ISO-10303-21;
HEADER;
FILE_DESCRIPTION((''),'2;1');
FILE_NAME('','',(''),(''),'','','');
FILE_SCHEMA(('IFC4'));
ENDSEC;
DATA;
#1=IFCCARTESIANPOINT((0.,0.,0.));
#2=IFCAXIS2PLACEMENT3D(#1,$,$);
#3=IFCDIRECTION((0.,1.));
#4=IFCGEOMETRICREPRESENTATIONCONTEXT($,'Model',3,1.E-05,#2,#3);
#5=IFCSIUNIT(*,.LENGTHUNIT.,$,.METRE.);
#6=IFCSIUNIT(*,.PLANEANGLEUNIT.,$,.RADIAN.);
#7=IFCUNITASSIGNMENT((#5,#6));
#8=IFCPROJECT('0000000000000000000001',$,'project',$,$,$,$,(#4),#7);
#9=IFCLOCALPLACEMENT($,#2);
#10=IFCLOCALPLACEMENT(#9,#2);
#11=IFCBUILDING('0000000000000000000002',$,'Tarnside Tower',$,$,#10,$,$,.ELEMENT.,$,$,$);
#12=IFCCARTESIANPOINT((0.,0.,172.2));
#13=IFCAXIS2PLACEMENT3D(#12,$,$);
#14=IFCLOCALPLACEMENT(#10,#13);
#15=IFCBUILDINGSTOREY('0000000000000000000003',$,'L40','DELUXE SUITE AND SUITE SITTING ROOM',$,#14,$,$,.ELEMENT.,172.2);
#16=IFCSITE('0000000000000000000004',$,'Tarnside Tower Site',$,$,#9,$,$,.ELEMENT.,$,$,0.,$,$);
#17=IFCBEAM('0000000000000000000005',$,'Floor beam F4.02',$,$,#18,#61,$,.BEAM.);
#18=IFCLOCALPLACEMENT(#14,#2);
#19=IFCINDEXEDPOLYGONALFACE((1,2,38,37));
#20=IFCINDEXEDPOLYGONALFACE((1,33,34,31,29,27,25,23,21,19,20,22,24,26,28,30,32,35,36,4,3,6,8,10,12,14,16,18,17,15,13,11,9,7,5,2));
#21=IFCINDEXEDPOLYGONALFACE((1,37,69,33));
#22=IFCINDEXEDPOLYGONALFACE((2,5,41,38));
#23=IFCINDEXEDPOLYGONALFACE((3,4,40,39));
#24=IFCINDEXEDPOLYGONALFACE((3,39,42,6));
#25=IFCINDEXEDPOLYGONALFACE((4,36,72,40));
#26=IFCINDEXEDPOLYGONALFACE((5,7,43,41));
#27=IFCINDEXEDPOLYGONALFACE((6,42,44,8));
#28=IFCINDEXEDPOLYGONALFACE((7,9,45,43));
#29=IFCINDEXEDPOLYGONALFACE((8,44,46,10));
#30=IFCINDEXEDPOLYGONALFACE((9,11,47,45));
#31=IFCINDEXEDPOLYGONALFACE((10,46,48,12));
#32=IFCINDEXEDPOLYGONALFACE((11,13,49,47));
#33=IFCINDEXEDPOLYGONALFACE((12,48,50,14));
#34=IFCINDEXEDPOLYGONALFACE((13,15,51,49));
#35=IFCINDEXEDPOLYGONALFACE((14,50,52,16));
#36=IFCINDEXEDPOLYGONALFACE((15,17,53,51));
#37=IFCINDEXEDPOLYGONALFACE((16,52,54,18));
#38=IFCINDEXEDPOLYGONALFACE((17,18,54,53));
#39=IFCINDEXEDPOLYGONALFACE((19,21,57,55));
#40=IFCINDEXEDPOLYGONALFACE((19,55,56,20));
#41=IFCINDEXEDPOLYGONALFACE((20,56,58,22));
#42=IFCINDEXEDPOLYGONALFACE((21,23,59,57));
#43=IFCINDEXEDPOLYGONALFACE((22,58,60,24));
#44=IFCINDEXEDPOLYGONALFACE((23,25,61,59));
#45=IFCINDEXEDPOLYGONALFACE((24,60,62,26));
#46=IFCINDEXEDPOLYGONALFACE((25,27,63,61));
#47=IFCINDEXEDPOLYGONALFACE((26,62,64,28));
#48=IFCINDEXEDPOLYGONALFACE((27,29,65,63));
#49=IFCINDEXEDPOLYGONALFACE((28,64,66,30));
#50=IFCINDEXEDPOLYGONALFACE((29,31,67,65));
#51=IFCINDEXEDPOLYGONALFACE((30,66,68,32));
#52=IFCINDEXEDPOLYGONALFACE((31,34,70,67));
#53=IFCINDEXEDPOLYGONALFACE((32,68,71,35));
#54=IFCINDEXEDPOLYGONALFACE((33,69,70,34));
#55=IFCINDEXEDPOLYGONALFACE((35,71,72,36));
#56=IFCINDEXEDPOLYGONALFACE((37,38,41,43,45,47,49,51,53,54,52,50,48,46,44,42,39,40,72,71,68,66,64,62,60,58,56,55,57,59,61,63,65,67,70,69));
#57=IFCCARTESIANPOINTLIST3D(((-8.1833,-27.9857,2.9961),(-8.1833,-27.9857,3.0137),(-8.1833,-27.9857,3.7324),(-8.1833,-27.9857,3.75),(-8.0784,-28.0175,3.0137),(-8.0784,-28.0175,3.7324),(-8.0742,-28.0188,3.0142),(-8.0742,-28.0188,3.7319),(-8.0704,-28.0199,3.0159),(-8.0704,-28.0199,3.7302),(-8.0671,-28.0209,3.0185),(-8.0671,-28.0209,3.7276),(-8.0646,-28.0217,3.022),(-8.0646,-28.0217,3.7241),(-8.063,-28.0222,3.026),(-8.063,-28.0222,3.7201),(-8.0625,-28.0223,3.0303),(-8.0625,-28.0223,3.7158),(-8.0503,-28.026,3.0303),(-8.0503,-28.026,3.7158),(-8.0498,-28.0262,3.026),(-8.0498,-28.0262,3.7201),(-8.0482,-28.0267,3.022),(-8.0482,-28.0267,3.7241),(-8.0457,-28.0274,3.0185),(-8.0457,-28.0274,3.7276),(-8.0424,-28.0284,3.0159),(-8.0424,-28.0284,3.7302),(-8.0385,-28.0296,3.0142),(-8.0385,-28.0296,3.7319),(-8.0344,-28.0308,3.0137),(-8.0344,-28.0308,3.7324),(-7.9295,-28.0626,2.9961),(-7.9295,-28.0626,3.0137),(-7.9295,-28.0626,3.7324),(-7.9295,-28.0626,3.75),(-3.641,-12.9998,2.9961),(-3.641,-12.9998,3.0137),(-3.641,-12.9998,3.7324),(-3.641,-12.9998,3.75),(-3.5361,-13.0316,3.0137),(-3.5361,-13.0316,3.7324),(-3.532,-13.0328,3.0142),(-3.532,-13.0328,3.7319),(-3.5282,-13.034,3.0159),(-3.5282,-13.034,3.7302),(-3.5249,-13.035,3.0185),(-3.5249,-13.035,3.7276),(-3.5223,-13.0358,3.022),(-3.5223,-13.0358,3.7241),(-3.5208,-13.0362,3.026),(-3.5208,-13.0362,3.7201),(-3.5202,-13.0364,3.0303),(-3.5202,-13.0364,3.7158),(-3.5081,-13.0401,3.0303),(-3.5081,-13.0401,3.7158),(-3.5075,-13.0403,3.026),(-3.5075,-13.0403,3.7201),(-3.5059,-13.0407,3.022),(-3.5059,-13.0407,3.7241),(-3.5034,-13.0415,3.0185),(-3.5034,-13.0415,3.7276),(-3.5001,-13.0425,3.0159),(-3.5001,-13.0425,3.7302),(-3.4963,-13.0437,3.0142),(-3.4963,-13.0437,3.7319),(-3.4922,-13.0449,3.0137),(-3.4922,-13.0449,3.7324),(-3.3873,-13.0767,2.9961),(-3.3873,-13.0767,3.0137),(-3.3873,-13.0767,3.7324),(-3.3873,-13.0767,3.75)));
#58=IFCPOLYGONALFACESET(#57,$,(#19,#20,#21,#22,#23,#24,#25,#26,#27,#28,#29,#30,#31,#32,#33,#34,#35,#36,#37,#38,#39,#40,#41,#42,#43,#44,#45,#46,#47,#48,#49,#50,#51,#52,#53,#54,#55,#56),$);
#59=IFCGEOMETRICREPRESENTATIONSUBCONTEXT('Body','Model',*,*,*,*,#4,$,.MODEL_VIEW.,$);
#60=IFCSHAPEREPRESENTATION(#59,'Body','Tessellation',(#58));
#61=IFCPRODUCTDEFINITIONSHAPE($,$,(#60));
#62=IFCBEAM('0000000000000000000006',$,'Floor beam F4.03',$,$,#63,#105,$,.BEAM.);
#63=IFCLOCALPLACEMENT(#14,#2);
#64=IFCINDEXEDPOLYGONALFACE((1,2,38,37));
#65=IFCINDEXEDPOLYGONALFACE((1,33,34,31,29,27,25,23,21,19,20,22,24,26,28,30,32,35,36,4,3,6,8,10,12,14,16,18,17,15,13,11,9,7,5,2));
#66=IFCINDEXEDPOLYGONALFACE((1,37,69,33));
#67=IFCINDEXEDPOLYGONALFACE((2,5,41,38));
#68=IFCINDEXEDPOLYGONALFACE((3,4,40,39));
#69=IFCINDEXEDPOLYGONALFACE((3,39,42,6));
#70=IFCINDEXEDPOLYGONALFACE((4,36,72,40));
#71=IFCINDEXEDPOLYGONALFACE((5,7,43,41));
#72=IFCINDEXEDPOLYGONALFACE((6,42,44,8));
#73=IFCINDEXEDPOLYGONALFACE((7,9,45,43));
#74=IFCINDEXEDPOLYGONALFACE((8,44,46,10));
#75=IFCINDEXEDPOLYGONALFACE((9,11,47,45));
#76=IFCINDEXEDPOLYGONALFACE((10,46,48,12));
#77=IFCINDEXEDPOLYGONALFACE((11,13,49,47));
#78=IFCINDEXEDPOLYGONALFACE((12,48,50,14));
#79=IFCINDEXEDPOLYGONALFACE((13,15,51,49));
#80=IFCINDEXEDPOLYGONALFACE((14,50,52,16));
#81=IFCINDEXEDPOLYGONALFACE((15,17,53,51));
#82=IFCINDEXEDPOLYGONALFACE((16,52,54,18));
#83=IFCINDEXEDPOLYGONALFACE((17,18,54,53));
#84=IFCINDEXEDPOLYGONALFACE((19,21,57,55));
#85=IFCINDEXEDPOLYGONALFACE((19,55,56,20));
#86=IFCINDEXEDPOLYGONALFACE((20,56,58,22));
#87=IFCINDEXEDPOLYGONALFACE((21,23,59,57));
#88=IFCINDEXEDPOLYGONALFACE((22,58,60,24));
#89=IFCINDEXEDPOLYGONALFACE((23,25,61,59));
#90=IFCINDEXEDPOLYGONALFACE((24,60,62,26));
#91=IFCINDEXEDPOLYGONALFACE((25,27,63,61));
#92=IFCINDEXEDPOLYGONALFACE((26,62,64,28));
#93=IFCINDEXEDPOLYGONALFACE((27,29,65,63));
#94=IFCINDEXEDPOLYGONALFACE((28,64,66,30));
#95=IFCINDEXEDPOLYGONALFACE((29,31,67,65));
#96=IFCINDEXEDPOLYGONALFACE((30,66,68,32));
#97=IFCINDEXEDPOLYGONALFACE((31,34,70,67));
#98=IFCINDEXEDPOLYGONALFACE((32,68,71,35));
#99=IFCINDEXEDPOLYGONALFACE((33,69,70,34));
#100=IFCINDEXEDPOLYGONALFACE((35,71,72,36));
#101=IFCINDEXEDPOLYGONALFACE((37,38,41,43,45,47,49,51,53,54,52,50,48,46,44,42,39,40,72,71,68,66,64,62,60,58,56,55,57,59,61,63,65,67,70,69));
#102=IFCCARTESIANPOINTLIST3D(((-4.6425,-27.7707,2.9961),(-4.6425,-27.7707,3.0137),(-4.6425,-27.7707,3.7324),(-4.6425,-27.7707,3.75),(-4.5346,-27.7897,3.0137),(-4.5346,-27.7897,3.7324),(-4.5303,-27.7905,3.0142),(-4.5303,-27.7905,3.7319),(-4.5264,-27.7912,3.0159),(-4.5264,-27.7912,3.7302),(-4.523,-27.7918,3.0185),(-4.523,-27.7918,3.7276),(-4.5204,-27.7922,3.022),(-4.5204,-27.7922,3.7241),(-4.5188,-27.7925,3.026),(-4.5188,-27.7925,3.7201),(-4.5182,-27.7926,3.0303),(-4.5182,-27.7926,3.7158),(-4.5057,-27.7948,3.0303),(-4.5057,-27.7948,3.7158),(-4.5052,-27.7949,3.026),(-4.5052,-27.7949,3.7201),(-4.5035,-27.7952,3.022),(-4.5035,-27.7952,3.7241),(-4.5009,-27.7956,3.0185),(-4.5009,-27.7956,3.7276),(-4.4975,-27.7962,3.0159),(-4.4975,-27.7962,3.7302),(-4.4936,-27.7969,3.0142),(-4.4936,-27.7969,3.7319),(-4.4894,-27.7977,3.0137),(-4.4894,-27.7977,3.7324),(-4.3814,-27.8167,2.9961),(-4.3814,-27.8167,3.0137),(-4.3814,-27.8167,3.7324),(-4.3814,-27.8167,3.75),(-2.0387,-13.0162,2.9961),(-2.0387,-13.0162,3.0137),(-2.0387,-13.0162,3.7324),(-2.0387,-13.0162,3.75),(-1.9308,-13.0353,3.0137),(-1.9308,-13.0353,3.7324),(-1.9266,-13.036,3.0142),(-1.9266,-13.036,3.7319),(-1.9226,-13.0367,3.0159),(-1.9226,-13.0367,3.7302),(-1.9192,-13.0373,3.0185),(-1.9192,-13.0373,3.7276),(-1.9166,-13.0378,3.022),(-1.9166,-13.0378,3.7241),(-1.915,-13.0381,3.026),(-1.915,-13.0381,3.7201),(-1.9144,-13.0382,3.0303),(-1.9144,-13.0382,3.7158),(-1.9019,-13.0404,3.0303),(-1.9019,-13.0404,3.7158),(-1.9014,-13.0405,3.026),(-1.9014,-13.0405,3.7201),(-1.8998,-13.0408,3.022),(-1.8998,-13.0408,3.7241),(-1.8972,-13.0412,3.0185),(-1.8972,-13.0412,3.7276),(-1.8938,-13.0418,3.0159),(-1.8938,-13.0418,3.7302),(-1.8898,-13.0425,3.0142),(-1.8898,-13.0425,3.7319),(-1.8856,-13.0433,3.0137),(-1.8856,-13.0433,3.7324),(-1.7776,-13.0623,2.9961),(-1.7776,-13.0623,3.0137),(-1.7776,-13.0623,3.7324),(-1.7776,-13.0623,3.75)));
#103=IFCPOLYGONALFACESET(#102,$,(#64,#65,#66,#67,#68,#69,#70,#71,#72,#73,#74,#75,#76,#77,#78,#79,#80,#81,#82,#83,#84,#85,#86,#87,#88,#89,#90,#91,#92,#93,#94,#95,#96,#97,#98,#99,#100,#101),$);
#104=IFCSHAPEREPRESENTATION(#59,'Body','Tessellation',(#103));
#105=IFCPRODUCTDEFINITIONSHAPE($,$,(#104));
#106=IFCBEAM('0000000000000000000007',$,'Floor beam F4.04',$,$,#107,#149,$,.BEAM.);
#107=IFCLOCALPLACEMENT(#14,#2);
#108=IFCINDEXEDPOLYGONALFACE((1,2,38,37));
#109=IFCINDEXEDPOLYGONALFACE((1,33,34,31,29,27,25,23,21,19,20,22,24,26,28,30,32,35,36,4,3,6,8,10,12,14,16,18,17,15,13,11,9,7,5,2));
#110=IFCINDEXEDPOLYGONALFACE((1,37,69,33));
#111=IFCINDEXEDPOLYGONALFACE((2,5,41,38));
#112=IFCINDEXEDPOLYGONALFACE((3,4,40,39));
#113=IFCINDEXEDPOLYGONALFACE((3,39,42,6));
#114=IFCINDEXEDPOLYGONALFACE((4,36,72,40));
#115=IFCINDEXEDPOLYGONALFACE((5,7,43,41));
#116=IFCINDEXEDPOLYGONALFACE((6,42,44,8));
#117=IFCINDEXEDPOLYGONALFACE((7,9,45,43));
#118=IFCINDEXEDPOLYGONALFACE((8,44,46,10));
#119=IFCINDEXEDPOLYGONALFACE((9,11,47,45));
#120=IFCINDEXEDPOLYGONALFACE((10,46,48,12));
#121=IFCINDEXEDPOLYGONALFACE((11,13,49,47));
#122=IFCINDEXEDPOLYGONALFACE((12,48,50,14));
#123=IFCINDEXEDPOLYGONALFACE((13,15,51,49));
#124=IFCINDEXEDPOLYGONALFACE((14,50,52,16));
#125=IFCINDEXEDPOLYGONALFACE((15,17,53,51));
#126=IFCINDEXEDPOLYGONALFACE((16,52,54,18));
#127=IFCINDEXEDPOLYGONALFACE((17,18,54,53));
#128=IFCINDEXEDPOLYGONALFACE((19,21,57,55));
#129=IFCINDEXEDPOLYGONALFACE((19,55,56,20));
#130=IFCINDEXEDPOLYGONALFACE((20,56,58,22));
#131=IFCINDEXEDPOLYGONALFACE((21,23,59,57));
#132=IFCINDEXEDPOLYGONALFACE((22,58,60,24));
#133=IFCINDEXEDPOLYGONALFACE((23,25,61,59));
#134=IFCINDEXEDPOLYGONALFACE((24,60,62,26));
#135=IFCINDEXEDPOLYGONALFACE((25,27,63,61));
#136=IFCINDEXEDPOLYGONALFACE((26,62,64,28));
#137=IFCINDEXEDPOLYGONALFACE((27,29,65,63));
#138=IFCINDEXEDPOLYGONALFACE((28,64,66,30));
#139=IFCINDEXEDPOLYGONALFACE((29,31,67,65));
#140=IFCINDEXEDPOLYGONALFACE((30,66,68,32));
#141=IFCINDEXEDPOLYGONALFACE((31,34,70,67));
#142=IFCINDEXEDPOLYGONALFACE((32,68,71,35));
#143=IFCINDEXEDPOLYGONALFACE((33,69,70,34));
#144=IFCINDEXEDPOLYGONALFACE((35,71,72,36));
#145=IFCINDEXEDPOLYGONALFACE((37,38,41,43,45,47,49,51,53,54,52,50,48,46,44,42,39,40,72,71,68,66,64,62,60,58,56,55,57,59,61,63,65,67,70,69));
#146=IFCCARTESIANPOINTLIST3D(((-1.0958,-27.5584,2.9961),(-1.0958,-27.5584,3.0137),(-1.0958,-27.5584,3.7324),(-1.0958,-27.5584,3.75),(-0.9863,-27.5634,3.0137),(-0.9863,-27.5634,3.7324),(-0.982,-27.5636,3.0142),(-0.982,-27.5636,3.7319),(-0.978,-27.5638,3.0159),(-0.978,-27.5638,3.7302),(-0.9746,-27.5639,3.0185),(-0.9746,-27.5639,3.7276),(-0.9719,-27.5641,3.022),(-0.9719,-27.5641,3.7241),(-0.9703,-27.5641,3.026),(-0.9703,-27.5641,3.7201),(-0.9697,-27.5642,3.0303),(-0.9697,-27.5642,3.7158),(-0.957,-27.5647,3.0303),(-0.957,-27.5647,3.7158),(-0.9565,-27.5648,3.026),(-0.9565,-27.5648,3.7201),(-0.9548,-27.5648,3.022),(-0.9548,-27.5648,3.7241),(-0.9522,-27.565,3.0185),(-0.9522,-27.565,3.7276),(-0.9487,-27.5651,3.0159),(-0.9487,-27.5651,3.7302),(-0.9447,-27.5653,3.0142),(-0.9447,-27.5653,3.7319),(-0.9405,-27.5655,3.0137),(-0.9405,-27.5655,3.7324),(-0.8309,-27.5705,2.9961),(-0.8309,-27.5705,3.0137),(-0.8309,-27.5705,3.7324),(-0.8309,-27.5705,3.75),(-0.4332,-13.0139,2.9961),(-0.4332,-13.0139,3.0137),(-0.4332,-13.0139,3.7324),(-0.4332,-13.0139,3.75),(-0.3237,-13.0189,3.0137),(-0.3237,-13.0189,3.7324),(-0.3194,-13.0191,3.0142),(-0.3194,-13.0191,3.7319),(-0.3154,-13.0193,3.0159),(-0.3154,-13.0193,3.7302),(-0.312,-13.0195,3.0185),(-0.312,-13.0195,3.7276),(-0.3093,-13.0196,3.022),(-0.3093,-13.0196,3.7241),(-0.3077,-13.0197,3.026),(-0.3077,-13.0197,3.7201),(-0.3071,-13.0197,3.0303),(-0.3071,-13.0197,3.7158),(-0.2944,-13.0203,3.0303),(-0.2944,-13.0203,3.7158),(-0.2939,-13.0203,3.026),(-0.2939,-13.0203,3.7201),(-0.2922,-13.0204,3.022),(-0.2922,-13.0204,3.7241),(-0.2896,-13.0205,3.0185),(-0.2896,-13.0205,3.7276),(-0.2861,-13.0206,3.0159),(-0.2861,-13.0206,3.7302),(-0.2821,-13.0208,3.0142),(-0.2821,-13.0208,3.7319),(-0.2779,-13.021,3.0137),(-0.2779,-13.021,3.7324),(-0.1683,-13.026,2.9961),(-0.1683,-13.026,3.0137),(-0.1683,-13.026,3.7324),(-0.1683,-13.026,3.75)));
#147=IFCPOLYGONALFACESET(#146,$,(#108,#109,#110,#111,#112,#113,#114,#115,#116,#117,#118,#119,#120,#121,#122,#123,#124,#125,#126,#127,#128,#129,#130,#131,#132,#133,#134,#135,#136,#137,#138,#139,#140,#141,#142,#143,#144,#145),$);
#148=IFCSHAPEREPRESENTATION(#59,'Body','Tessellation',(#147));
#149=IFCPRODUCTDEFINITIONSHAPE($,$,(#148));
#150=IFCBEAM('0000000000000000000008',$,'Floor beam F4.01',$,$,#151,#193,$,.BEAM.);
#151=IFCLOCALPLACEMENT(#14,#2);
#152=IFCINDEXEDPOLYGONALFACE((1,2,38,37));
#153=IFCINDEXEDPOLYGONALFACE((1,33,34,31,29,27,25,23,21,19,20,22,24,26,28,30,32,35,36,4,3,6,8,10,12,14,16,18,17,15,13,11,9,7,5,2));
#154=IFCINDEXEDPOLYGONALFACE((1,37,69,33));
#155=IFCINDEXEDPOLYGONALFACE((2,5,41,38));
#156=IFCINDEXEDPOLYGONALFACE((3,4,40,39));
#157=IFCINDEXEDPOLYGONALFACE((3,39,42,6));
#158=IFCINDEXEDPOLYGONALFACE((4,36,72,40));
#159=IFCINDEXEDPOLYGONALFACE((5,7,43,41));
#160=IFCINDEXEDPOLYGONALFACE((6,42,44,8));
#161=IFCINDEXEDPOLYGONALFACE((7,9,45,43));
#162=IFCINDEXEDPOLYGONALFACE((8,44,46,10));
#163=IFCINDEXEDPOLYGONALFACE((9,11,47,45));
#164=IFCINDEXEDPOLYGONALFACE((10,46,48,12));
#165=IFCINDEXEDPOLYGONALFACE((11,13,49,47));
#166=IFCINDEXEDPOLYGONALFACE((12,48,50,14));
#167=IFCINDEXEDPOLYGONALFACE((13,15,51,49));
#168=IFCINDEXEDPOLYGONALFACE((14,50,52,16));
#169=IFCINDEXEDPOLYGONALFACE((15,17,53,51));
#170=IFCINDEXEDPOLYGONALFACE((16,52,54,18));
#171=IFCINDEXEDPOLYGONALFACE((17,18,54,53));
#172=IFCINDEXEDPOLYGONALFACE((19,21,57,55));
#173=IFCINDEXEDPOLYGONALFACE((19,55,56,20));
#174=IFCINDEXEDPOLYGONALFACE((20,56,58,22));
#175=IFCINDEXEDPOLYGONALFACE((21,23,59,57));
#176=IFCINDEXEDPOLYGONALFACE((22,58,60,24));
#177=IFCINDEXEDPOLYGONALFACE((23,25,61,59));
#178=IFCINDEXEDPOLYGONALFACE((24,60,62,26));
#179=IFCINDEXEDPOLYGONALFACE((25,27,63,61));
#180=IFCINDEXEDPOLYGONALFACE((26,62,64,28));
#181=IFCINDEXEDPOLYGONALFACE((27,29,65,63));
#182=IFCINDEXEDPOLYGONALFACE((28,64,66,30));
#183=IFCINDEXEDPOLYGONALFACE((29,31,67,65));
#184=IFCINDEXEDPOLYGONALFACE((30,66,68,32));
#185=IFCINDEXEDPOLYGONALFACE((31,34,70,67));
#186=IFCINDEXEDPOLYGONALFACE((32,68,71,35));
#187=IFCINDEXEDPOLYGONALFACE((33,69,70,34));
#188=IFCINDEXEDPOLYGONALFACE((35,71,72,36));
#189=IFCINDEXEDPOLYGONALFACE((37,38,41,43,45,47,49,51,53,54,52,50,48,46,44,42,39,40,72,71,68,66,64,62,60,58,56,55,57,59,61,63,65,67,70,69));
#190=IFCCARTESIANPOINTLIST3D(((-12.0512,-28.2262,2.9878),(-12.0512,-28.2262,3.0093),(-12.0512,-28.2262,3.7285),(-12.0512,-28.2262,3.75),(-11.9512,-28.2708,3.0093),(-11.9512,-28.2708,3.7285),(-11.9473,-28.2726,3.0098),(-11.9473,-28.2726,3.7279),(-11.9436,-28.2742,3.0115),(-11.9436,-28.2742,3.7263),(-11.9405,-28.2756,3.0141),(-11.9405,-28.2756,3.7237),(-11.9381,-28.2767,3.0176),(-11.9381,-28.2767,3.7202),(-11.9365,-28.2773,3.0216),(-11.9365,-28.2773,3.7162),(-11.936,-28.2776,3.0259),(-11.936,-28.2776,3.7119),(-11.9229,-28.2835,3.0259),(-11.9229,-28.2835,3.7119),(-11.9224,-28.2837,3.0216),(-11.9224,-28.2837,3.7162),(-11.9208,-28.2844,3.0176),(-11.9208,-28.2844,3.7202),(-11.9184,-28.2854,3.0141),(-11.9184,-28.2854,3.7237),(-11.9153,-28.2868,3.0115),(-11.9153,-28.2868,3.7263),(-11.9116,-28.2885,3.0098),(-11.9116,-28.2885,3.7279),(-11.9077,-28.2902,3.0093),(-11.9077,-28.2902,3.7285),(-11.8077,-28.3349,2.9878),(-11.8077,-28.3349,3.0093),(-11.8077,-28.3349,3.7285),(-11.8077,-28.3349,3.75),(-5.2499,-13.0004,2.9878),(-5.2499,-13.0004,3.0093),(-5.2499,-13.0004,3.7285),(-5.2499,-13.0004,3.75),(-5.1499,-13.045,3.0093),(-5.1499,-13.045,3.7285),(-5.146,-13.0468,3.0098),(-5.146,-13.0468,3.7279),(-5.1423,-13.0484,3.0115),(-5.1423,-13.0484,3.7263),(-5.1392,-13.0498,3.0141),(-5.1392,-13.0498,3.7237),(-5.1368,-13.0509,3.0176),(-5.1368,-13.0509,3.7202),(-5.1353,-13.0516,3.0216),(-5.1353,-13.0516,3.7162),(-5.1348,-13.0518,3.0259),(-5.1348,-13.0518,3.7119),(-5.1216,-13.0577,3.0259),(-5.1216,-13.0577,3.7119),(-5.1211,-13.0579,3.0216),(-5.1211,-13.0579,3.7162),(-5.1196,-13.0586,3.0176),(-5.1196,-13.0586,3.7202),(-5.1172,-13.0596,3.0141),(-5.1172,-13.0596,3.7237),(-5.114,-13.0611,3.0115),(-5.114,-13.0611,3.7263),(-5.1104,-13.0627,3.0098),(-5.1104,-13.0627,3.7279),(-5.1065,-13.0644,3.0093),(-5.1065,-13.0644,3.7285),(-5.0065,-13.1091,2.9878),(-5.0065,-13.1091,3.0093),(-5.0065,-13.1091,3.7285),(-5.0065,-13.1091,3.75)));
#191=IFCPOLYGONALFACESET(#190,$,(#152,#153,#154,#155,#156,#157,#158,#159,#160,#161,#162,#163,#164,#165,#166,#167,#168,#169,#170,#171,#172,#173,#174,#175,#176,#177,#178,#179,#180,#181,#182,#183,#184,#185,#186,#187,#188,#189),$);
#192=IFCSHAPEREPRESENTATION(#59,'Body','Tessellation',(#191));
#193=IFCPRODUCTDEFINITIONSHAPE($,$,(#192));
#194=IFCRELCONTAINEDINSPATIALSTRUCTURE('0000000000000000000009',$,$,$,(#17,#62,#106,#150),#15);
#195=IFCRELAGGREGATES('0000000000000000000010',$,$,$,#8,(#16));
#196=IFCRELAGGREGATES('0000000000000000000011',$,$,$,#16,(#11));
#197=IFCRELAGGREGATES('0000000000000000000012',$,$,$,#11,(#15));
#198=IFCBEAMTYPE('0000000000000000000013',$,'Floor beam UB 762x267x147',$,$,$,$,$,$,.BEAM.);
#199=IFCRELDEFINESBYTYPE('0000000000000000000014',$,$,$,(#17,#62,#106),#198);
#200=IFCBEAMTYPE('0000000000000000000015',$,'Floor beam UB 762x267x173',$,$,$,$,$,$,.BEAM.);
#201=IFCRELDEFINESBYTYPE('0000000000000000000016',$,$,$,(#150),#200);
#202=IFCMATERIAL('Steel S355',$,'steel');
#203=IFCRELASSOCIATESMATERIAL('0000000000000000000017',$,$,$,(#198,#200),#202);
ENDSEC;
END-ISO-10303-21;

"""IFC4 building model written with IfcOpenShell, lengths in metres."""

from ifc_helpers import new_model, si_unit, direction, frame, origin, origin_2d, place, context, subcontext, project, spatial, i_section, extrude, material, material_profile, profile_set, type_object, element, save


model = new_model("IFC4")

# Units and contexts
model_context = context("Model", 3, precision=1e-05, world=origin(), true_north=direction((0.0, 1.0)))
body_context = subcontext(model_context, "Body", "Model", "MODEL_VIEW")
ifc_project = project(units=[si_unit("LENGTHUNIT", "METRE"), si_unit("PLANEANGLEUNIT", "RADIAN")], contexts=[model_context])

# Site, building, storey
site_placement = place(None, origin())
site = spatial("IfcSite", under=ifc_project, at=site_placement, Name="Tarnside Tower Site", CompositionType="ELEMENT", RefElevation=0.0)
building_placement = place(site_placement, origin())
building = spatial("IfcBuilding", under=site, at=building_placement, Name="Tarnside Tower", CompositionType="ELEMENT")
storey_placement = place(building_placement, frame((0.0, 0.0, 172.2)))
storey = spatial("IfcBuildingStorey", under=building, at=storey_placement, Name="L40", Description="DELUXE SUITE AND SUITE SITTING ROOM", CompositionType="ELEMENT", Elevation=172.2)

# Beams
ifc_material_1 = material(Name="Steel S355", Category="steel")
ifc_material_profile_1 = material_profile(ifc_material_1, i_section(OverallWidth=0.2651, OverallDepth=0.7539, WebThickness=0.0127, FlangeThickness=0.0176, FilletRadius=0.0166, at=origin_2d()), Name="UB 762x267x147")
ifc_profile_set_1 = profile_set([ifc_material_profile_1], Name="Steel S355")
beam_type_1 = type_object("IfcBeamType", Name="Floor beam UB 762x267x147", PredefinedType="BEAM", material=ifc_profile_set_1)
beam_1_placement = place(storey_placement, frame((-8.0564, -28.0242, 3.373), z_axis=(0.29007, 0.957005, 0.0), x_axis=(-0.957005, 0.29007, 0.0)))
element("IfcBeam", 1, at=beam_1_placement, inside=storey, type_object=beam_type_1, Name="Floor beam F4.02", PredefinedType="BEAM", context=body_context, shape_type="SweptSolid", body=[
    extrude(i_section(OverallWidth=0.2651, OverallDepth=0.7539, WebThickness=0.0127, FlangeThickness=0.0176, FilletRadius=0.0166, at=origin_2d()), origin(), (0.0, 0.0, 1.0), 15.6592),
])
beam_2_placement = place(storey_placement, frame((-4.512, -27.7937, 3.373), z_axis=(0.173788, 0.984783, 0.0), x_axis=(-0.984783, 0.173788, 0.0)))
element("IfcBeam", 2, at=beam_2_placement, inside=storey, type_object=beam_type_1, Name="Floor beam F4.03", PredefinedType="BEAM", context=body_context, shape_type="SweptSolid", body=[
    extrude(i_section(OverallWidth=0.2651, OverallDepth=0.7539, WebThickness=0.0127, FlangeThickness=0.0176, FilletRadius=0.0166, at=origin_2d()), origin(), (0.0, 0.0, 1.0), 14.9824),
])
beam_3_placement = place(storey_placement, frame((-0.9634, -27.5645, 3.373), z_axis=(0.04551, 0.998964, 0.0), x_axis=(-0.998964, 0.04551, 0.0)))
element("IfcBeam", 3, at=beam_3_placement, inside=storey, type_object=beam_type_1, Name="Floor beam F4.04", PredefinedType="BEAM", context=body_context, shape_type="SweptSolid", body=[
    extrude(i_section(OverallWidth=0.2651, OverallDepth=0.7539, WebThickness=0.0127, FlangeThickness=0.0176, FilletRadius=0.0166, at=origin_2d()), origin(), (0.0, 0.0, 1.0), 14.5596),
])
ifc_material_profile_2 = material_profile(ifc_material_1, i_section(OverallWidth=0.2666, OverallDepth=0.7622, WebThickness=0.0144, FlangeThickness=0.0215, FilletRadius=0.0166, at=origin_2d()), Name="UB 762x267x173")
ifc_profile_set_2 = profile_set([ifc_material_profile_2], Name="Steel S355")
beam_type_2 = type_object("IfcBeamType", Name="Floor beam UB 762x267x173", PredefinedType="BEAM", material=ifc_profile_set_2)
beam_4_placement = place(storey_placement, frame((-11.9294, -28.2805, 3.3689), z_axis=(0.407852, 0.913048, 0.0), x_axis=(-0.913048, 0.407852, 0.0)))
element("IfcBeam", 4, at=beam_4_placement, inside=storey, type_object=beam_type_2, Name="Floor beam F4.01", PredefinedType="BEAM", context=body_context, shape_type="SweptSolid", body=[
    extrude(i_section(OverallWidth=0.2666, OverallDepth=0.7622, WebThickness=0.0144, FlangeThickness=0.0215, FilletRadius=0.0166, at=origin_2d()), origin(), (0.0, 0.0, 1.0), 16.6758),
])

save(model, "model.ifc")
